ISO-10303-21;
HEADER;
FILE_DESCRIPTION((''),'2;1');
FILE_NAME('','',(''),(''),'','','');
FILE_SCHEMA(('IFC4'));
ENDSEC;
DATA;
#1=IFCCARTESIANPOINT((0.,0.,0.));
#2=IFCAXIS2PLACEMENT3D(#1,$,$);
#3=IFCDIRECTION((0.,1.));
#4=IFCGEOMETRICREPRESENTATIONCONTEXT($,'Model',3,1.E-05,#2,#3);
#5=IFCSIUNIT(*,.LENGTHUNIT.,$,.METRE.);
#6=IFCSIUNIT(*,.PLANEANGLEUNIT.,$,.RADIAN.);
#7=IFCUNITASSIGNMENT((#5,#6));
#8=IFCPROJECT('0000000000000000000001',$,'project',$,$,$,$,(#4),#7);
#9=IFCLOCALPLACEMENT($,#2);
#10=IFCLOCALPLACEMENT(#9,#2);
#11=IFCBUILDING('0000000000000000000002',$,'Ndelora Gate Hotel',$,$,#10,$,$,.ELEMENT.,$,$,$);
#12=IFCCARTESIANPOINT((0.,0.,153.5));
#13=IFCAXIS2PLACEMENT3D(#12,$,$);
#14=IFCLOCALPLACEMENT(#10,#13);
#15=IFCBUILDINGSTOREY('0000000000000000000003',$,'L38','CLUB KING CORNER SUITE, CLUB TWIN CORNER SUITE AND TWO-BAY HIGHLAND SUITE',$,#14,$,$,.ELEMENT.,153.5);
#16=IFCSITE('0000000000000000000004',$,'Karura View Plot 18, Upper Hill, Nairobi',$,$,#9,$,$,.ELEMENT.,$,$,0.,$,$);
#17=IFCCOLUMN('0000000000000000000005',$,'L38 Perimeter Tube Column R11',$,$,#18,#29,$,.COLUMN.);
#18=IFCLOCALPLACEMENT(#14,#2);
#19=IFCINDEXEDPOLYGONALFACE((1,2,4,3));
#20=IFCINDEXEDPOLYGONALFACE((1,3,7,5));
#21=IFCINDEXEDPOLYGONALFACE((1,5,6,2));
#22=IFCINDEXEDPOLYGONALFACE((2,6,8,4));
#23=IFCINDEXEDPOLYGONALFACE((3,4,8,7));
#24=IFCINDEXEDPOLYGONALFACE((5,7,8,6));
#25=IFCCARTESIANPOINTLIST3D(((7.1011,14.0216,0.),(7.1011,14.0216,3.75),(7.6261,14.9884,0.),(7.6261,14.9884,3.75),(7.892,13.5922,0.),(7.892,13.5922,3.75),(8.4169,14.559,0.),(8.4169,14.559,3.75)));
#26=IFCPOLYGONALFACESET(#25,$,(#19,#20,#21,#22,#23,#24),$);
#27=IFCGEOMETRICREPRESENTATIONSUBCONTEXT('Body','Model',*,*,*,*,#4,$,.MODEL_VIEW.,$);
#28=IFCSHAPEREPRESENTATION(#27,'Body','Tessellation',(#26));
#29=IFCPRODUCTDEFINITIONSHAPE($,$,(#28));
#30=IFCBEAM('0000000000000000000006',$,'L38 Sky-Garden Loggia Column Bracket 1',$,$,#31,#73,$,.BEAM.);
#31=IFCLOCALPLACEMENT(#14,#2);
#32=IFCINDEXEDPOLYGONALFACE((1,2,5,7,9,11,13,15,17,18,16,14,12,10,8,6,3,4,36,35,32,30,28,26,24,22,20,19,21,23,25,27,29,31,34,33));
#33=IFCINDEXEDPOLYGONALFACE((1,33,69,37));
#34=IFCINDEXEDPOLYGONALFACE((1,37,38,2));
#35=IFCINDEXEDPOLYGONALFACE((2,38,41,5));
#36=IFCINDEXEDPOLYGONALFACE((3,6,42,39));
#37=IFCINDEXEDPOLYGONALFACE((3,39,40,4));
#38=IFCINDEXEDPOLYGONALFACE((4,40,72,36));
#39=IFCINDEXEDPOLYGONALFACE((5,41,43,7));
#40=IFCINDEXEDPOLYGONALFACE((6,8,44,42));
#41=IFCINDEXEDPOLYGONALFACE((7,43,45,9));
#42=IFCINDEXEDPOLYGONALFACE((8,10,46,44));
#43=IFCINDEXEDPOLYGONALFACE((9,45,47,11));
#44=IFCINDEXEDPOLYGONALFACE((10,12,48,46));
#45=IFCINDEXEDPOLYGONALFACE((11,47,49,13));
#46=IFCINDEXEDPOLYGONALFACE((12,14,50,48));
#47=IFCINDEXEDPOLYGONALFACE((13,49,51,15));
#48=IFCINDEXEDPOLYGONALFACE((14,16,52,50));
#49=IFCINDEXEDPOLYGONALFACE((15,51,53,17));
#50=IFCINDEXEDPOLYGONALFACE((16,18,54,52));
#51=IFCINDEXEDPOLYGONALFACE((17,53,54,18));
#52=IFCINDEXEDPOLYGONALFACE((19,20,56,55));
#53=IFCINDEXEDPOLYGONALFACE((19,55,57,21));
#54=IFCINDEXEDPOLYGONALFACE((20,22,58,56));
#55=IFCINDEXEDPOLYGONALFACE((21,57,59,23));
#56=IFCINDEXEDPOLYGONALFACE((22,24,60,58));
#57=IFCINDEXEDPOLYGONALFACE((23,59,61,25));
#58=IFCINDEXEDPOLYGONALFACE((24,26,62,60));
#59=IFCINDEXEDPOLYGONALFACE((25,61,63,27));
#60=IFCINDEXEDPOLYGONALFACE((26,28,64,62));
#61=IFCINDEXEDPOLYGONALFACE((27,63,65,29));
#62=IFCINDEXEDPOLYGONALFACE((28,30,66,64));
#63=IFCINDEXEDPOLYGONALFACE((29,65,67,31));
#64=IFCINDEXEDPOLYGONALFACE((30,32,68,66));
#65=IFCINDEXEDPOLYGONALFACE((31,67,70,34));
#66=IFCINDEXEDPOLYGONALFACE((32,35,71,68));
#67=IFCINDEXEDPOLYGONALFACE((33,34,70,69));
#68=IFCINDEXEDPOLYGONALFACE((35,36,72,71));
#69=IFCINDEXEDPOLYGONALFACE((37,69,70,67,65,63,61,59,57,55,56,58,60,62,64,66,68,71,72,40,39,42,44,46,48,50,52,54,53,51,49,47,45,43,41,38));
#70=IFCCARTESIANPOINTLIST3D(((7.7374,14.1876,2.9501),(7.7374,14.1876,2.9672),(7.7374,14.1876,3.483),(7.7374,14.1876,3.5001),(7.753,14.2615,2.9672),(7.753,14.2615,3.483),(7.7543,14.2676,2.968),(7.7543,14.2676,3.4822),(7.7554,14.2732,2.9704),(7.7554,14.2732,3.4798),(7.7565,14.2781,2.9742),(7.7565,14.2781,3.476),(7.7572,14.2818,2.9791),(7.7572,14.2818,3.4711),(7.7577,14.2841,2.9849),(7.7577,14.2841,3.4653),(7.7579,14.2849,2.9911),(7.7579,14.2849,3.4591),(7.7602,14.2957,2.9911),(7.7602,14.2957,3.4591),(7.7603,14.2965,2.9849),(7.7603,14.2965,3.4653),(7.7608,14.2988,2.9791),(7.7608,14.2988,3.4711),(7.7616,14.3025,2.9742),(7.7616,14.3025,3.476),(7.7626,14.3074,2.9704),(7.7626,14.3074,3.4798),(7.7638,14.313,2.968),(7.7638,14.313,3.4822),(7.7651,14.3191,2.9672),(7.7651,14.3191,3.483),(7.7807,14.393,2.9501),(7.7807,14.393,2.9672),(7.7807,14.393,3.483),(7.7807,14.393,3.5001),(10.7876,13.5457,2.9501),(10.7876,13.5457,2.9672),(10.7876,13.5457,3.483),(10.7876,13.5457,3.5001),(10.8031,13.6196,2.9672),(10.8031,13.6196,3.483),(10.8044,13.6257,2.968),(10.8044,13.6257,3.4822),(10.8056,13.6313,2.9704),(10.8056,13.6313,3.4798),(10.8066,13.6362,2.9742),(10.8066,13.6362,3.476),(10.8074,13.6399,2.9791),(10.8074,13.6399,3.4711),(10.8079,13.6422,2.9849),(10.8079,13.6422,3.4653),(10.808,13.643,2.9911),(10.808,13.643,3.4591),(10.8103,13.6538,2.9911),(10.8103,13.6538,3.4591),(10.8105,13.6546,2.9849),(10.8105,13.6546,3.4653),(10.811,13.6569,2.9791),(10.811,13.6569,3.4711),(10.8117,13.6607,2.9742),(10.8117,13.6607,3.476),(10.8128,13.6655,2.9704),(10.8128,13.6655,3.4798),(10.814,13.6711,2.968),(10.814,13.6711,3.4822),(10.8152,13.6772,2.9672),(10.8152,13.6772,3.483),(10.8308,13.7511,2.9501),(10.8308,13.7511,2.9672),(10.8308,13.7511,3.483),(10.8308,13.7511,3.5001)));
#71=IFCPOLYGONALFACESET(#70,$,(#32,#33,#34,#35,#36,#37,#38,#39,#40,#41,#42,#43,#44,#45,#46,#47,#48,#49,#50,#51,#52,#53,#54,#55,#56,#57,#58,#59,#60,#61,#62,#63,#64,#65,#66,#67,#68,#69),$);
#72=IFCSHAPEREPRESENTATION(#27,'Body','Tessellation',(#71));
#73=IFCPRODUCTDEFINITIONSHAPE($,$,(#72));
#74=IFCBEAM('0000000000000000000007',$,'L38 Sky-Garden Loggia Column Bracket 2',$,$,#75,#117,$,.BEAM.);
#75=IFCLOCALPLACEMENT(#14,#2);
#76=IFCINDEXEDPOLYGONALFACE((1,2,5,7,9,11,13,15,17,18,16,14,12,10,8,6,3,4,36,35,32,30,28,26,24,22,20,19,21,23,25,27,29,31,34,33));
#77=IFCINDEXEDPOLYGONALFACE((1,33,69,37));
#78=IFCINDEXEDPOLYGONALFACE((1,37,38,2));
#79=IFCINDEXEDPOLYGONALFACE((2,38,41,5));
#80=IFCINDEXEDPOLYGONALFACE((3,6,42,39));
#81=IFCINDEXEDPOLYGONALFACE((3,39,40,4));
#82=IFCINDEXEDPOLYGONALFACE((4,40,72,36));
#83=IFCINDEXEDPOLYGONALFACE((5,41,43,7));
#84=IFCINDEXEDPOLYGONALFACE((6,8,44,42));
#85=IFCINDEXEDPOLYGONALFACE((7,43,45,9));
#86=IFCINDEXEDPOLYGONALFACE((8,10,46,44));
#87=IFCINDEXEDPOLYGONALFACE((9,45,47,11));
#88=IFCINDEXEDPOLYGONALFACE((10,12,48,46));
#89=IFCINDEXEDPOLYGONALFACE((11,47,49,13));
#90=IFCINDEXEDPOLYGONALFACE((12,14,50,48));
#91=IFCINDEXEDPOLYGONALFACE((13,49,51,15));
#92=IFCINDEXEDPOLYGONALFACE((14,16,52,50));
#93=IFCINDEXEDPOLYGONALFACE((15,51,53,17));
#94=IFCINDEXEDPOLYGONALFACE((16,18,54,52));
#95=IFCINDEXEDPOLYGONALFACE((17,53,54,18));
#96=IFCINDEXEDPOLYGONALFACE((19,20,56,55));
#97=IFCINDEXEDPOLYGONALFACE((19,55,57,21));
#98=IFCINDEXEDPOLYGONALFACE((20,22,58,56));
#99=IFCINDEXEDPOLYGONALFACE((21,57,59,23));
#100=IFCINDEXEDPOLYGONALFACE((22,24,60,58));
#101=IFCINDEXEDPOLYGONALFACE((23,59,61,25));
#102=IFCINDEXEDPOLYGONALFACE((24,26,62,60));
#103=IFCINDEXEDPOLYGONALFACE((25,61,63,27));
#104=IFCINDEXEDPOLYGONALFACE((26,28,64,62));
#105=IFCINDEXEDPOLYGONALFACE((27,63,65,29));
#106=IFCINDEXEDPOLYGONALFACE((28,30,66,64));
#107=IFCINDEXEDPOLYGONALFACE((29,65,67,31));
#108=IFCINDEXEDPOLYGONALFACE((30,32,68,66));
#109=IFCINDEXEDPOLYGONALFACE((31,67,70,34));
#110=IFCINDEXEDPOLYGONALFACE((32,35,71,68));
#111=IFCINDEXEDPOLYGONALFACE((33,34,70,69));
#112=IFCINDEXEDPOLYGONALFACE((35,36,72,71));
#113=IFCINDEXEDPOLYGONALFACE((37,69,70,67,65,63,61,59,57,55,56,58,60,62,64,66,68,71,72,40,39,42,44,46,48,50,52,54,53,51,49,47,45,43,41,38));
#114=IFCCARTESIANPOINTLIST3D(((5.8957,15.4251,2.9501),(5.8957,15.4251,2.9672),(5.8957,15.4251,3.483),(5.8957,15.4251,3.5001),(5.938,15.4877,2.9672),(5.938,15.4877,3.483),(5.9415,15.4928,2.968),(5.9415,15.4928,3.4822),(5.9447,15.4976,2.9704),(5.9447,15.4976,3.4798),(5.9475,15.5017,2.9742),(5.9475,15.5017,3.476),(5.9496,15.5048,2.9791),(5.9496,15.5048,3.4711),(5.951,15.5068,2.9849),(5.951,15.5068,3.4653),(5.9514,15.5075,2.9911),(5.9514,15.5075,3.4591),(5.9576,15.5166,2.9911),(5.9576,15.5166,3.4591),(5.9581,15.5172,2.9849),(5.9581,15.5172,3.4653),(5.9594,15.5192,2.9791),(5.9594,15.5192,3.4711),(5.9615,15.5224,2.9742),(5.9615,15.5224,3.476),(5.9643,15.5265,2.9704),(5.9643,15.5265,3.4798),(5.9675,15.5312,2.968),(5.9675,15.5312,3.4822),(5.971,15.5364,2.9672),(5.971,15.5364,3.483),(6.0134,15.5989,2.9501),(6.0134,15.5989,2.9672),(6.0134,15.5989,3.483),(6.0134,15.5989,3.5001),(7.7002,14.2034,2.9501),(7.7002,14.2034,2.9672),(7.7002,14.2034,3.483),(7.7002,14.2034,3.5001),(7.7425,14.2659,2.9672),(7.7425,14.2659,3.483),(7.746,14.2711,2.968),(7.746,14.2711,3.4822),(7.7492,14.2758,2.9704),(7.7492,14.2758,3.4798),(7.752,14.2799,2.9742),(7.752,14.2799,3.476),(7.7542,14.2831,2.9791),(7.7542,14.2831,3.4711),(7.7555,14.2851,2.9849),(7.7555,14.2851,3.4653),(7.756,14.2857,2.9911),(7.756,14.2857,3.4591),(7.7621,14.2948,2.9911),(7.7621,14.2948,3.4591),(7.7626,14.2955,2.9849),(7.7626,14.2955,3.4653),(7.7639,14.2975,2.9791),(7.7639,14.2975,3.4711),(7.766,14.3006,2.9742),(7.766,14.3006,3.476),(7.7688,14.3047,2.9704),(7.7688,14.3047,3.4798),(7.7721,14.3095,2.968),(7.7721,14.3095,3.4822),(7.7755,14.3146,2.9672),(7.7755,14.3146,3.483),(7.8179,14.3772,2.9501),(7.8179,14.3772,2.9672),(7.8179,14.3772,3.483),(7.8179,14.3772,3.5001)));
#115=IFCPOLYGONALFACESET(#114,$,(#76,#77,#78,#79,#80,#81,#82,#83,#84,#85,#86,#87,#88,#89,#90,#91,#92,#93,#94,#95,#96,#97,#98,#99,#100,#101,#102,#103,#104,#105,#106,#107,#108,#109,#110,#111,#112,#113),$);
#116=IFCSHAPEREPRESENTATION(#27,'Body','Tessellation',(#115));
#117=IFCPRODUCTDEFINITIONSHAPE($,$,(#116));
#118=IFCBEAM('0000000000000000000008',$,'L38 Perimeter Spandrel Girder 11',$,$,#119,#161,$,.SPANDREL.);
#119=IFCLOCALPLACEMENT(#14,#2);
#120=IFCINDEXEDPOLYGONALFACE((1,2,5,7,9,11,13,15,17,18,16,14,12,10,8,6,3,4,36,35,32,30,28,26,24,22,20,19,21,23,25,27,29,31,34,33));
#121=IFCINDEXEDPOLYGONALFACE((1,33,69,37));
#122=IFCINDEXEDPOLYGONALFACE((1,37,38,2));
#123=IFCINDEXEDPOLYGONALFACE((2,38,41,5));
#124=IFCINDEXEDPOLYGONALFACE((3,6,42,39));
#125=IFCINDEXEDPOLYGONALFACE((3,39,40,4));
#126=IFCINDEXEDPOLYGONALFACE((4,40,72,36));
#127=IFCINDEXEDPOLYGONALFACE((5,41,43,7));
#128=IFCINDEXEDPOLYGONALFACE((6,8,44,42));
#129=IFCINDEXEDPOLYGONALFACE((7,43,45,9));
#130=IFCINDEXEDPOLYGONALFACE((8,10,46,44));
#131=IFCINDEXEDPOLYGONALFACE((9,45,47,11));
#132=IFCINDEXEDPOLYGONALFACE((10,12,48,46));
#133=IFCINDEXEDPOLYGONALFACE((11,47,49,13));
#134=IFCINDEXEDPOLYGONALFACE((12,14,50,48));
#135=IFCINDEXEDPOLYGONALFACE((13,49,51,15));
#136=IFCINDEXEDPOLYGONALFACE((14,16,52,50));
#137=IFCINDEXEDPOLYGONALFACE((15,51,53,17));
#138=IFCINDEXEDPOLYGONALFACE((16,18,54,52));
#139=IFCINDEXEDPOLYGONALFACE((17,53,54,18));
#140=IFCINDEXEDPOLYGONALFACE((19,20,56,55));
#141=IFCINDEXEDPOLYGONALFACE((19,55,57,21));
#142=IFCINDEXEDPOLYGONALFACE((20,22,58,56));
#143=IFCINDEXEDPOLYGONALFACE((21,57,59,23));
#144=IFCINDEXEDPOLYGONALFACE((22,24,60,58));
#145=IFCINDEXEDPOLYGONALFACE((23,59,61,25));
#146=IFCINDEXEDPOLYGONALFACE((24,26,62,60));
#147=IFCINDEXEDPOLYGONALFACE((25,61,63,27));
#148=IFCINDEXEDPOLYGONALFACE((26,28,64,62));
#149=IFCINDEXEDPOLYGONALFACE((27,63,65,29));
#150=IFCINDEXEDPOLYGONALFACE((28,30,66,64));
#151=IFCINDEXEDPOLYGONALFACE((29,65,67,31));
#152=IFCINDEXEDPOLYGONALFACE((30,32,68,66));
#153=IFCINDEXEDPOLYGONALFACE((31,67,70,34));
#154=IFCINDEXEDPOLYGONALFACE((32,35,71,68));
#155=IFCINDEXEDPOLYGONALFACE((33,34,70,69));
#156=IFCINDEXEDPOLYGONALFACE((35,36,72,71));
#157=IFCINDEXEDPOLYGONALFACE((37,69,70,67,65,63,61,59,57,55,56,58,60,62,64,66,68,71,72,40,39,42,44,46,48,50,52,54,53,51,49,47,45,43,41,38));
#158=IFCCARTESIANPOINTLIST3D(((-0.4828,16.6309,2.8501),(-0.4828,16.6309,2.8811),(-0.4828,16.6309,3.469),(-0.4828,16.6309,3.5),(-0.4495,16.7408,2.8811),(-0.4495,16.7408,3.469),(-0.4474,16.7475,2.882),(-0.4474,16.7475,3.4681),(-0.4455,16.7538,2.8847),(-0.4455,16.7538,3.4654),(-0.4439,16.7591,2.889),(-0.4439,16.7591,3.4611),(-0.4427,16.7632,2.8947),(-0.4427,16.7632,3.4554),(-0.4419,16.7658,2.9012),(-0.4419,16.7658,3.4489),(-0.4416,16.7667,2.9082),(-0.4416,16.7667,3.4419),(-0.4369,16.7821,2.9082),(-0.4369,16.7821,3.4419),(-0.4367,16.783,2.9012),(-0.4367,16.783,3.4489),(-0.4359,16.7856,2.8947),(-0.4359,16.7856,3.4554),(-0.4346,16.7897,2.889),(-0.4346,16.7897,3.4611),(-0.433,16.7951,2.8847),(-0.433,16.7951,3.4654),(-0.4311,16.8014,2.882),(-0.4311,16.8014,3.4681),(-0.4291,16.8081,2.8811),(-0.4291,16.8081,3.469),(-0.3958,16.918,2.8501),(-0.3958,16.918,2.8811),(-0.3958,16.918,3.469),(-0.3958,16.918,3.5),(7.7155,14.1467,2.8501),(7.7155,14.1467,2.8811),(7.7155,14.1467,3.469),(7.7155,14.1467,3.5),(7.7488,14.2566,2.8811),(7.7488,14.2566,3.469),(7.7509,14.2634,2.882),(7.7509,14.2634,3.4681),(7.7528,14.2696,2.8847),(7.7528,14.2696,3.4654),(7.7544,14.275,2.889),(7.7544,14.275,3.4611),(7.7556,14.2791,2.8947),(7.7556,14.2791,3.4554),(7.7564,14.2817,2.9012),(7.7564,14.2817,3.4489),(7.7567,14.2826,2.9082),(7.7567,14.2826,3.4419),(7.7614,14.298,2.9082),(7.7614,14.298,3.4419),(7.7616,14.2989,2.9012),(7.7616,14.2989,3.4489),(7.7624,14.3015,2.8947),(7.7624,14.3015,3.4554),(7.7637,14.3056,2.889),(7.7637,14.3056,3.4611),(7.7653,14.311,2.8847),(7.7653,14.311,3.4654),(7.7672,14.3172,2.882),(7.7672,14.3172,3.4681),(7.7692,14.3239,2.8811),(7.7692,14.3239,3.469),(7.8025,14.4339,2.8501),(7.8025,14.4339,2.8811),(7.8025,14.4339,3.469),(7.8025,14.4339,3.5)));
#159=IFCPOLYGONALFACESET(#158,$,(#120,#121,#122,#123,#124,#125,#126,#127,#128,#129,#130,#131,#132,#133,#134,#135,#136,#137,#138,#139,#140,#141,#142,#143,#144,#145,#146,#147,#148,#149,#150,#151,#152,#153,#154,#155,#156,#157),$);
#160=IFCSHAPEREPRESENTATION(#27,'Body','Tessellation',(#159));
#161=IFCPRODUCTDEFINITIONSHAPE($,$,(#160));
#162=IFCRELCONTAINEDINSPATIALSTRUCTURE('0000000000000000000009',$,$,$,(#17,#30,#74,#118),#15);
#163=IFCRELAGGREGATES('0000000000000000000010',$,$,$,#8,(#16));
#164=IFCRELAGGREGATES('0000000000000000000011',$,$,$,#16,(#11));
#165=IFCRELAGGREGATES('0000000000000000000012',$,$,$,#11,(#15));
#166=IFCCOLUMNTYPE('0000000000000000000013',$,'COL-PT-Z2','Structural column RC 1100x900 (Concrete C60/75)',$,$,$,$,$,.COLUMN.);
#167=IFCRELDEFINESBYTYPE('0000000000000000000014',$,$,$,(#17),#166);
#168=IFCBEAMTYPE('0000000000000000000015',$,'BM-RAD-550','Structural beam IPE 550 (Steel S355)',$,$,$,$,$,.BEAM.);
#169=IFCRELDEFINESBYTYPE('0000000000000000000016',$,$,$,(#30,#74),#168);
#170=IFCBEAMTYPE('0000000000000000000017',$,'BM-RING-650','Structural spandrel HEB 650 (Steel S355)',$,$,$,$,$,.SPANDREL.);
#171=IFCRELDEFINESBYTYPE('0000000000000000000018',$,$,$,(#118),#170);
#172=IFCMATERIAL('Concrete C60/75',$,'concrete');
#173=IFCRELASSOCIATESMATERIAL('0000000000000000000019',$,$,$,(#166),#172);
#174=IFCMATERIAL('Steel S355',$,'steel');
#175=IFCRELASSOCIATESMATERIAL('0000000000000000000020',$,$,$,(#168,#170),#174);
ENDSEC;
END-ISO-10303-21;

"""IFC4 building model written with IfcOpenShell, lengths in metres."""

from ifc_helpers import new_model, si_unit, direction, frame, origin, origin_2d, place, context, subcontext, project, spatial, rectangle, i_section, extrude, material, material_profile, profile_set, type_object, element, save


model = new_model("IFC4")

# Units and contexts
model_context = context("Model", 3, precision=1e-05, world=origin(), true_north=direction((0.0, 1.0)))
body_context = subcontext(model_context, "Body", "Model", "MODEL_VIEW")
ifc_project = project(units=[si_unit("LENGTHUNIT", "METRE"), si_unit("PLANEANGLEUNIT", "RADIAN")], contexts=[model_context])

# Site, building, storey
site_placement = place(None, origin())
site = spatial("IfcSite", under=ifc_project, at=site_placement, Name="Karura View Plot 18, Upper Hill, Nairobi", CompositionType="ELEMENT", RefElevation=0.0)
building_placement = place(site_placement, origin())
building = spatial("IfcBuilding", under=site, at=building_placement, Name="Ndelora Gate Hotel", CompositionType="ELEMENT")
storey_placement = place(building_placement, frame((0.0, 0.0, 153.5)))
storey = spatial("IfcBuildingStorey", under=building, at=storey_placement, Name="L38", Description="CLUB KING CORNER SUITE, CLUB TWIN CORNER SUITE AND TWO-BAY HIGHLAND SUITE", CompositionType="ELEMENT", Elevation=153.5)

# Column
ifc_material_1 = material(Name="Concrete C60/75", Category="concrete")
ifc_material_profile_1 = material_profile(ifc_material_1, rectangle(XDim=0.8999, YDim=1.1001, at=origin_2d()), Name="RC 1100x900")
ifc_profile_set_1 = profile_set([ifc_material_profile_1], Name="Concrete C60/75")
column_type = type_object("IfcColumnType", Name="COL-PT-Z2", Description="Structural column RC 1100x900 (Concrete C60/75)", PredefinedType="COLUMN", material=ifc_profile_set_1)
column_placement = place(storey_placement, frame((7.759, 14.2903, 0.0), z_axis=(0.0, 0.0, 1.0), x_axis=(-0.878817, 0.477159, 0.0)))
element("IfcColumn", 1, at=column_placement, inside=storey, type_object=column_type, Name="L38 Perimeter Tube Column R11", PredefinedType="COLUMN", context=body_context, shape_type="SweptSolid", body=[
    extrude(rectangle(XDim=0.8999, YDim=1.1001, at=origin_2d()), origin(), (0.0, 0.0, 1.0), 3.75),
])

# Beams
ifc_material_2 = material(Name="Steel S355", Category="steel")
ifc_material_profile_2 = material_profile(ifc_material_2, i_section(OverallWidth=0.21, OverallDepth=0.55, WebThickness=0.011, FlangeThickness=0.0171, FilletRadius=0.0239, at=origin_2d()), Name="IPE 550")
ifc_profile_set_2 = profile_set([ifc_material_profile_2], Name="Steel S355")
beam_type_1 = type_object("IfcBeamType", Name="BM-RAD-550", Description="Structural beam IPE 550 (Steel S355)", PredefinedType="BEAM", material=ifc_profile_set_2)
beam_1_placement = place(storey_placement, frame((7.759, 14.2903, 3.2251), z_axis=(0.978567, -0.205928, 0.0), x_axis=(0.205928, 0.978567, 0.0)))
element("IfcBeam", 2, at=beam_1_placement, inside=storey, type_object=beam_type_1, Name="L38 Sky-Garden Loggia Column Bracket 1", PredefinedType="BEAM", context=body_context, shape_type="SweptSolid", body=[
    extrude(i_section(OverallWidth=0.21, OverallDepth=0.55, WebThickness=0.011, FlangeThickness=0.0171, FilletRadius=0.0239, at=origin_2d()), origin(), (0.0, 0.0, 1.0), 3.1169),
])
beam_2_placement = place(storey_placement, frame((7.759, 14.2903, 3.2251), z_axis=(-0.828065, 0.560633, 0.0), x_axis=(-0.560633, -0.828065, 0.0)))
element("IfcBeam", 3, at=beam_2_placement, inside=storey, type_object=beam_type_1, Name="L38 Sky-Garden Loggia Column Bracket 2", PredefinedType="BEAM", context=body_context, shape_type="SweptSolid", body=[
    extrude(i_section(OverallWidth=0.21, OverallDepth=0.55, WebThickness=0.011, FlangeThickness=0.0171, FilletRadius=0.0239, at=origin_2d()), origin(), (0.0, 0.0, 1.0), 2.1792),
])
ifc_material_profile_3 = material_profile(ifc_material_2, i_section(OverallWidth=0.3, OverallDepth=0.6499, WebThickness=0.0161, FlangeThickness=0.031, FilletRadius=0.0271, at=origin_2d()), Name="HEB 650")
ifc_profile_set_3 = profile_set([ifc_material_profile_3], Name="Steel S355")
beam_type_2 = type_object("IfcBeamType", Name="BM-RING-650", Description="Structural spandrel HEB 650 (Steel S355)", PredefinedType="SPANDREL", material=ifc_profile_set_3)
beam_3_placement = place(storey_placement, frame((7.759, 14.2903, 3.175), z_axis=(-0.95703, 0.289988, 0.0), x_axis=(-0.289988, -0.95703, 0.0)))
element("IfcBeam", 4, at=beam_3_placement, inside=storey, type_object=beam_type_2, Name="L38 Perimeter Spandrel Girder 11", PredefinedType="SPANDREL", context=body_context, shape_type="SweptSolid", body=[
    extrude(i_section(OverallWidth=0.3, OverallDepth=0.6499, WebThickness=0.0161, FlangeThickness=0.031, FilletRadius=0.0271, at=origin_2d()), origin(), (0.0, 0.0, 1.0), 8.5664),
])

save(model, "model.ifc")
